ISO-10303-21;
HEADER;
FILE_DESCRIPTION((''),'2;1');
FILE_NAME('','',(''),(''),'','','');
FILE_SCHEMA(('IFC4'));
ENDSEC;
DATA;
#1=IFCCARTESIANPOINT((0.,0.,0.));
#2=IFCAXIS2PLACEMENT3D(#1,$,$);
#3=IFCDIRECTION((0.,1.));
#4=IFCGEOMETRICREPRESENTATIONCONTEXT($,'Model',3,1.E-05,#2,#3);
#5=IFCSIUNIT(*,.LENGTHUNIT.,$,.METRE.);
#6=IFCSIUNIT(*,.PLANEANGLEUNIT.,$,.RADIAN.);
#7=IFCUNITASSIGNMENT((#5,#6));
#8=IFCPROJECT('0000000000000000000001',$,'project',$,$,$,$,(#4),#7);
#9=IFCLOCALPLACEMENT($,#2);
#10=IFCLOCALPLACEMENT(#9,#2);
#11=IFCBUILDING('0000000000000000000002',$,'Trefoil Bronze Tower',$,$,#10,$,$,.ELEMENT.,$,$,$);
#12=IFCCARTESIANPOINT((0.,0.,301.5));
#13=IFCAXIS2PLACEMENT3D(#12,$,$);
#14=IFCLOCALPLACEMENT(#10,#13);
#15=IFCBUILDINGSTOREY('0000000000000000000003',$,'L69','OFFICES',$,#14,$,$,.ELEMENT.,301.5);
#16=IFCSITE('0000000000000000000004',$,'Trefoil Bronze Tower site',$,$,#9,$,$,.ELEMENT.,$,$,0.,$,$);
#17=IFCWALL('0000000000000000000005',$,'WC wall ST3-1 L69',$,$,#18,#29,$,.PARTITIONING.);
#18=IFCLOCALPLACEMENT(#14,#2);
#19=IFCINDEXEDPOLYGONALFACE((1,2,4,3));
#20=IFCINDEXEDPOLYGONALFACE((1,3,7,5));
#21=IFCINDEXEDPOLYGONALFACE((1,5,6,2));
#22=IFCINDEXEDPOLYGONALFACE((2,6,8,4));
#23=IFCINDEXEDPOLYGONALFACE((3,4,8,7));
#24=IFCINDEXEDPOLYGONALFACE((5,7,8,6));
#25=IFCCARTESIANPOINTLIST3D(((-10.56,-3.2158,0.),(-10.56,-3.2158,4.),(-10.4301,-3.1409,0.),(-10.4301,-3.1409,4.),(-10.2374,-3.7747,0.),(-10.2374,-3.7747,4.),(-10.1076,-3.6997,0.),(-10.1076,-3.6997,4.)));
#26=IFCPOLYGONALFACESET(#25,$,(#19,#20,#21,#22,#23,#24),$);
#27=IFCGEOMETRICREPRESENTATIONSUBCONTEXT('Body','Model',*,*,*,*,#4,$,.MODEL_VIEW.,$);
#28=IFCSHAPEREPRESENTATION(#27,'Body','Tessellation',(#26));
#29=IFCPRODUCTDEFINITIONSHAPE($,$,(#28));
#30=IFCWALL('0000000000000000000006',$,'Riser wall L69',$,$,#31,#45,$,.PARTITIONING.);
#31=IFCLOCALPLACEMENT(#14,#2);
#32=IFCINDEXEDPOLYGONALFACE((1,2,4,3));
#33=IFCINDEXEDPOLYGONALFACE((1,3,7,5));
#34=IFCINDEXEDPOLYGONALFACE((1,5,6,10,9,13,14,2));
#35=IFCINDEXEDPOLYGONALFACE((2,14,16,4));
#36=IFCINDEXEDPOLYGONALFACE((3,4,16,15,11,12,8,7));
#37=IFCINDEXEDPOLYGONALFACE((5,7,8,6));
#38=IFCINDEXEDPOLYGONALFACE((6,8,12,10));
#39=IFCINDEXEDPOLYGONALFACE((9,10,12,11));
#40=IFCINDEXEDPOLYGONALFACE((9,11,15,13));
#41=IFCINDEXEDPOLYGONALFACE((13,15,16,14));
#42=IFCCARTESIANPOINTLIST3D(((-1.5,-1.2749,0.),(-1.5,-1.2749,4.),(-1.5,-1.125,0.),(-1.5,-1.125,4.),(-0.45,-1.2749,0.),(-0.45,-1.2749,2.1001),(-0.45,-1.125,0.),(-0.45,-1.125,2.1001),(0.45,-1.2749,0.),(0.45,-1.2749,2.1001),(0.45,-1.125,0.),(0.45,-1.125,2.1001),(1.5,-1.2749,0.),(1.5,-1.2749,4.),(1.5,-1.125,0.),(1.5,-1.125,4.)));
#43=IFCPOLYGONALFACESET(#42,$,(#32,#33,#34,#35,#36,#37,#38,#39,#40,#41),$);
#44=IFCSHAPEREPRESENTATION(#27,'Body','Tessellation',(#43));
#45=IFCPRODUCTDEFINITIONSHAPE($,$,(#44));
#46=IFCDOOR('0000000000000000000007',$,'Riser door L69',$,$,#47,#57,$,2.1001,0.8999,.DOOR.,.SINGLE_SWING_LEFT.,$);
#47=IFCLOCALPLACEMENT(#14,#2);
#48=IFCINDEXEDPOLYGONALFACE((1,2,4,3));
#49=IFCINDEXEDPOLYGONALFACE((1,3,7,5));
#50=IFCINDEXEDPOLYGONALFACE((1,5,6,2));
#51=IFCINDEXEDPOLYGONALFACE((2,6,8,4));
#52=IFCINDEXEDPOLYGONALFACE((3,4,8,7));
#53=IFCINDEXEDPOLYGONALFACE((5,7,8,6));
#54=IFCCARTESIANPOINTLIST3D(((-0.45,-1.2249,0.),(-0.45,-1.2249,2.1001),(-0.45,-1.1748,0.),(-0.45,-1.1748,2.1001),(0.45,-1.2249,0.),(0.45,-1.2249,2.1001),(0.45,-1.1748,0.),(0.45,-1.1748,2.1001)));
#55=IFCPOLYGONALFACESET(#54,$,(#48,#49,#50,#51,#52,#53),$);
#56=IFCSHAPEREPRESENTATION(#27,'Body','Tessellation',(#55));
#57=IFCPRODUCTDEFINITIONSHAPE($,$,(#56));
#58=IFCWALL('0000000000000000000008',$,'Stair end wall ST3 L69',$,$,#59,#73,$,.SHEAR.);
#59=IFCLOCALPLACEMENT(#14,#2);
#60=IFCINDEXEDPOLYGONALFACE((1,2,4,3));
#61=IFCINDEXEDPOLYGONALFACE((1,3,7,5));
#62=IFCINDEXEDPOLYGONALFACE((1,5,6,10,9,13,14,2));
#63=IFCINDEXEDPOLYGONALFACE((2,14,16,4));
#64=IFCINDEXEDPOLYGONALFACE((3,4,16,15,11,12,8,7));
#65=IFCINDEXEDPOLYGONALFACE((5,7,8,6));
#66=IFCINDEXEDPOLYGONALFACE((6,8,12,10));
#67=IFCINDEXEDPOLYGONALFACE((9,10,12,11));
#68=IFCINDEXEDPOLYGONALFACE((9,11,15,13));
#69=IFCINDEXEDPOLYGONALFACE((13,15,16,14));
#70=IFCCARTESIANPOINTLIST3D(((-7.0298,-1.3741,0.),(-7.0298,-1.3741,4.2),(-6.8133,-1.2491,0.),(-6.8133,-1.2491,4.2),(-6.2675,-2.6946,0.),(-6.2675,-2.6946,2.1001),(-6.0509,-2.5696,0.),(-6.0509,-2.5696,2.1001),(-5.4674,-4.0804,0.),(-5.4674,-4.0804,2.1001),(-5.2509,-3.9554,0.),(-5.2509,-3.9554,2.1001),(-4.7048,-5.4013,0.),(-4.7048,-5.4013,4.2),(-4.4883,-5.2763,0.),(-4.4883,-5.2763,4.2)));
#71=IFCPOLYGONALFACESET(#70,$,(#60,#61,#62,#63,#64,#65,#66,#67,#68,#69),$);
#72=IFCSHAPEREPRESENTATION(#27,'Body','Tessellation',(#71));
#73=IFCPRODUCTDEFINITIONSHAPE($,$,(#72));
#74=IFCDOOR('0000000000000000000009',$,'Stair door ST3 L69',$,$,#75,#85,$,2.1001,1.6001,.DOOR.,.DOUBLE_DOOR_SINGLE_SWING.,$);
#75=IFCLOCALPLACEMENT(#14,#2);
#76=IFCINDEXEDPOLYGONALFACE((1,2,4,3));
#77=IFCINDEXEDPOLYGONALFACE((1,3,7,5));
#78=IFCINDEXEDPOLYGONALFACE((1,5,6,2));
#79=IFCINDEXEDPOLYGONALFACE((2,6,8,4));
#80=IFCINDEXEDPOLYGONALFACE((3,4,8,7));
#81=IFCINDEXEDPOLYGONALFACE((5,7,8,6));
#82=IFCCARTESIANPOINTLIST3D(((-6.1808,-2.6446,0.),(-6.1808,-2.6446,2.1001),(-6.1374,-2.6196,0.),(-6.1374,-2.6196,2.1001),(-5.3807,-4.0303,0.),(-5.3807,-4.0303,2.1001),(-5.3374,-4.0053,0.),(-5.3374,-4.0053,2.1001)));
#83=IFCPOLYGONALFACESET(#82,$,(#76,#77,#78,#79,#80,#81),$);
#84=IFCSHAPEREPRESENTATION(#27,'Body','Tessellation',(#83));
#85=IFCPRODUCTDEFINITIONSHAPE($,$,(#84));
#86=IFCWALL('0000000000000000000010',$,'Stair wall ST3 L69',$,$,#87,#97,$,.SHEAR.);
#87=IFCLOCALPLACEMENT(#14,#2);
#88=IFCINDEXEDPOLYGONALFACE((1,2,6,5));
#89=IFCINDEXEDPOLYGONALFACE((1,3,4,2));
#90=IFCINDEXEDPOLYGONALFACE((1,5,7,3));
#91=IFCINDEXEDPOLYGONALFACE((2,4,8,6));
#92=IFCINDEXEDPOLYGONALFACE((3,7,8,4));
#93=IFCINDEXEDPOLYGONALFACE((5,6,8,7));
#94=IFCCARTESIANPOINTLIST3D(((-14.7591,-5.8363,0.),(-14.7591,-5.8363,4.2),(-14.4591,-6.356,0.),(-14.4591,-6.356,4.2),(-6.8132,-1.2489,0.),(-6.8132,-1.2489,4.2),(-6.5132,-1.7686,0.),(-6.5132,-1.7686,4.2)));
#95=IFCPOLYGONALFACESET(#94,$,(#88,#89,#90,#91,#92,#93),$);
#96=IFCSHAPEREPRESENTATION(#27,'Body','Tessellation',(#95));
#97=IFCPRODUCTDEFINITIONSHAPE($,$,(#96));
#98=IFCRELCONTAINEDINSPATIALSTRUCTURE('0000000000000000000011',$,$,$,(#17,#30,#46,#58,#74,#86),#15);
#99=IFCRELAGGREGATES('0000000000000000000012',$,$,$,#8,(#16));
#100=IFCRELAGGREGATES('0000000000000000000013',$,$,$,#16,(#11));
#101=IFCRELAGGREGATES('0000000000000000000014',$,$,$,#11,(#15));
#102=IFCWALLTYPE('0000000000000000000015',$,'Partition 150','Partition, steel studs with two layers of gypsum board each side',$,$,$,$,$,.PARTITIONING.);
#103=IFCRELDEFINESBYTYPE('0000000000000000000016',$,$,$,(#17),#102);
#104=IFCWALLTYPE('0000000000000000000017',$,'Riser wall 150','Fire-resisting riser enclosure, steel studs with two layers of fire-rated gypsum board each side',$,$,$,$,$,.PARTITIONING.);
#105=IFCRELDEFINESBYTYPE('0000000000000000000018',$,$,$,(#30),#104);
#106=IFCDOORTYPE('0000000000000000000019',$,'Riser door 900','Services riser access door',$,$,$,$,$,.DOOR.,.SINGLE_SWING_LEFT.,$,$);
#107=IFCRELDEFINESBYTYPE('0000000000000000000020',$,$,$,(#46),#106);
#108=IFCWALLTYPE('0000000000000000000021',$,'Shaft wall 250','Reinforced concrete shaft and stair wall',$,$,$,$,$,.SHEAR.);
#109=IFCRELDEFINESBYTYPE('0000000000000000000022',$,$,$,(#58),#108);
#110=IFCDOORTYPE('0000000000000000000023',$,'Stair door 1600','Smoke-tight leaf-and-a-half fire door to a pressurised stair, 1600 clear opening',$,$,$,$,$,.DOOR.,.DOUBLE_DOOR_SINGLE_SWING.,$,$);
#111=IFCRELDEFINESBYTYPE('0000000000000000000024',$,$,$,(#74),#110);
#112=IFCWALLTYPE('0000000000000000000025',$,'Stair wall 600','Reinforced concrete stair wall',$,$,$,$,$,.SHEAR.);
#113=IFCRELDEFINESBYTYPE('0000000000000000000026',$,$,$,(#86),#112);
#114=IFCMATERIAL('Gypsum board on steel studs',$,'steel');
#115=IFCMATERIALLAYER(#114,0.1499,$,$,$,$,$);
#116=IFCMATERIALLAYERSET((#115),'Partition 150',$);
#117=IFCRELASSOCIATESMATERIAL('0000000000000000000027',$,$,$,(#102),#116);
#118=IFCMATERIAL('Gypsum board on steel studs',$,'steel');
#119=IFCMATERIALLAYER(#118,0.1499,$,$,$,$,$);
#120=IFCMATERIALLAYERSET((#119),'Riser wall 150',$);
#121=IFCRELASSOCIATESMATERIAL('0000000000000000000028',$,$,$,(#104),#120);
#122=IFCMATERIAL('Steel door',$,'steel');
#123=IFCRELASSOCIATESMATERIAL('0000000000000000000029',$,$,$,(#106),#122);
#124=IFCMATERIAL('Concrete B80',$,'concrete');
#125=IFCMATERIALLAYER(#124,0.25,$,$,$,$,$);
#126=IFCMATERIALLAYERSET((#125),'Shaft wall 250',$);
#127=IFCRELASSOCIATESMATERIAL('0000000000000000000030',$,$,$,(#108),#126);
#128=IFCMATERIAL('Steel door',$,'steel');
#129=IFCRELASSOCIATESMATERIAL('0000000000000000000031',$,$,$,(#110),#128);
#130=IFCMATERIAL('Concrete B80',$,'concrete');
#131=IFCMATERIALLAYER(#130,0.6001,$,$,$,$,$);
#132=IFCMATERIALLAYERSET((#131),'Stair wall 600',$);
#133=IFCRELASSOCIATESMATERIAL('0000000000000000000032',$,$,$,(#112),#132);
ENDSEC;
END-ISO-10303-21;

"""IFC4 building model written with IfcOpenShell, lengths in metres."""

from ifc_helpers import new_model, si_unit, direction, frame, frame_2d, origin, place, context, subcontext, project, spatial, rectangle, extrude, material, layer, layer_set, type_object, element, fill, save


model = new_model("IFC4")

# Units and contexts
model_context = context("Model", 3, precision=1e-05, world=origin(), true_north=direction((0.0, 1.0)))
body_context = subcontext(model_context, "Body", "Model", "MODEL_VIEW")
ifc_project = project(units=[si_unit("LENGTHUNIT", "METRE"), si_unit("PLANEANGLEUNIT", "RADIAN")], contexts=[model_context])

# Site, building, storey
site_placement = place(None, origin())
site = spatial("IfcSite", under=ifc_project, at=site_placement, Name="Trefoil Bronze Tower site", CompositionType="ELEMENT", RefElevation=0.0)
building_placement = place(site_placement, origin())
building = spatial("IfcBuilding", under=site, at=building_placement, Name="Trefoil Bronze Tower", CompositionType="ELEMENT")
storey_placement = place(building_placement, frame((0.0, 0.0, 301.5)))
storey = spatial("IfcBuildingStorey", under=building, at=storey_placement, Name="L69", Description="OFFICES", CompositionType="ELEMENT", Elevation=301.5)

# Shared definitions
ifc_material_1 = material(Name="Gypsum board on steel studs", Category="steel")
ifc_layer_1 = layer(ifc_material_1, 0.1499)
ifc_layer_set_1 = layer_set([ifc_layer_1], Name="Partition 150")
wall_type_1 = type_object("IfcWallType", Name="Partition 150", Description="Partition, steel studs with two layers of gypsum board each side", PredefinedType="PARTITIONING", material=ifc_layer_set_1)

# Wall
wall_1_placement = place(storey_placement, frame((-10.4951, -3.1782, 0.0), z_axis=(0.0, 0.0, 1.0), x_axis=(0.499843, -0.866116, 0.0)))
element("IfcWall", 1, at=wall_1_placement, inside=storey, type_object=wall_type_1, Name="WC wall ST3-1 L69", PredefinedType="PARTITIONING", context=body_context, shape_type="SweptSolid", body=[
    extrude(rectangle(XDim=0.6453, YDim=0.1499, at=frame_2d((0.3228, 0.0))), origin(), (0.0, 0.0, 1.0), 4.0),
])

# Walls, openings, doors
ifc_material_2 = material(Name="Gypsum board on steel studs", Category="steel")
ifc_layer_2 = layer(ifc_material_2, 0.1499)
ifc_layer_set_2 = layer_set([ifc_layer_2], Name="Riser wall 150")
wall_type_2 = type_object("IfcWallType", Name="Riser wall 150", Description="Fire-resisting riser enclosure, steel studs with two layers of fire-rated gypsum board each side", PredefinedType="PARTITIONING", material=ifc_layer_set_2)
wall_2_placement = place(storey_placement, frame((-1.5, -1.2, 0.0), z_axis=(0.0, 0.0, 1.0), x_axis=(1.0, 0.0, 0.0)))
wall_2 = element("IfcWall", 2, at=wall_2_placement, inside=storey, type_object=wall_type_2, Name="Riser wall L69", PredefinedType="PARTITIONING", context=body_context, shape_type="SweptSolid", body=[
    extrude(rectangle(XDim=3.0, YDim=0.1499, at=frame_2d((1.5, 0.0))), origin(), (0.0, 0.0, 1.0), 4.0),
])
opening_1_placement = place(wall_2_placement, frame((1.05, 0.0, 0.0)))
opening_1 = element("IfcOpeningElement", 3, at=opening_1_placement, cuts=wall_2, PredefinedType="OPENING", context=body_context, shape_type="SweptSolid", body=[
    extrude(rectangle(XDim=0.8999, YDim=2.1001, at=frame_2d((0.45, 1.05))), frame((0.0, 0.085, 0.0), z_axis=(0.0, -1.0, 0.0), x_axis=(1.0, 0.0, 0.0)), (0.0, 0.0, 1.0), 0.1699),
])
ifc_material_3 = material(Name="Steel door", Category="steel")
door_type_1 = type_object("IfcDoorType", Name="Riser door 900", Description="Services riser access door", OperationType="SINGLE_SWING_LEFT", PredefinedType="DOOR", material=ifc_material_3)
door_1_placement = place(opening_1_placement, frame((0.8999, 0.0, 0.0), z_axis=(0.0, 0.0, 1.0), x_axis=(-1.0, 0.0, 0.0)))
door_1 = element("IfcDoor", 4, at=door_1_placement, inside=storey, type_object=door_type_1, Name="Riser door L69", OperationType="SINGLE_SWING_LEFT", OverallHeight=2.1001, OverallWidth=0.8999, PredefinedType="DOOR", context=body_context, shape_type="SweptSolid", body=[
    extrude(rectangle(XDim=0.8999, YDim=2.1001, at=frame_2d((0.45, 1.05))), frame((0.0, 0.0249, 0.0), z_axis=(0.0, -1.0, 0.0), x_axis=(1.0, 0.0, 0.0)), (0.0, 0.0, 1.0), 0.05),
])
fill(opening_1, door_1)
ifc_material_4 = material(Name="Concrete B80", Category="concrete")
ifc_layer_3 = layer(ifc_material_4, 0.25)
ifc_layer_set_3 = layer_set([ifc_layer_3], Name="Shaft wall 250")
wall_type_3 = type_object("IfcWallType", Name="Shaft wall 250", Description="Reinforced concrete shaft and stair wall", PredefinedType="SHEAR", material=ifc_layer_set_3)
wall_3_placement = place(storey_placement, frame((-6.9216, -1.3115, 0.0), z_axis=(0.0, 0.0, 1.0), x_axis=(0.499985, -0.866034, 0.0)))
wall_3 = element("IfcWall", 5, at=wall_3_placement, inside=storey, type_object=wall_type_3, Name="Stair end wall ST3 L69", PredefinedType="SHEAR", context=body_context, shape_type="SweptSolid", body=[
    extrude(rectangle(XDim=4.6501, YDim=0.25, at=frame_2d((2.3252, 0.0))), origin(), (0.0, 0.0, 1.0), 4.2),
])
opening_2_placement = place(wall_3_placement, frame((1.5249, 0.0, 0.0)))
opening_2 = element("IfcOpeningElement", 6, at=opening_2_placement, cuts=wall_3, PredefinedType="OPENING", context=body_context, shape_type="SweptSolid", body=[
    extrude(rectangle(XDim=1.6001, YDim=2.1001, at=frame_2d((0.8, 1.05))), frame((0.0, 0.135, 0.0), z_axis=(0.0, -1.0, 0.0), x_axis=(1.0, 0.0, 0.0)), (0.0, 0.0, 1.0), 0.27),
])
ifc_material_5 = material(Name="Steel door", Category="steel")
door_type_2 = type_object("IfcDoorType", Name="Stair door 1600", Description="Smoke-tight leaf-and-a-half fire door to a pressurised stair, 1600 clear opening", OperationType="DOUBLE_DOOR_SINGLE_SWING", PredefinedType="DOOR", material=ifc_material_5)
door_2_placement = place(opening_2_placement, frame((1.6001, 0.0, 0.0), z_axis=(0.0, 0.0, 1.0), x_axis=(-1.0, 0.0, 0.0)))
door_2 = element("IfcDoor", 7, at=door_2_placement, inside=storey, type_object=door_type_2, Name="Stair door ST3 L69", OperationType="DOUBLE_DOOR_SINGLE_SWING", OverallHeight=2.1001, OverallWidth=1.6001, PredefinedType="DOOR", context=body_context, shape_type="SweptSolid", body=[
    extrude(rectangle(XDim=1.6001, YDim=2.1001, at=frame_2d((0.8, 1.05))), frame((0.0, 0.0249, 0.0), z_axis=(0.0, -1.0, 0.0), x_axis=(1.0, 0.0, 0.0)), (0.0, 0.0, 1.0), 0.05),
])
fill(opening_2, door_2)

# Wall
ifc_material_6 = material(Name="Concrete B80", Category="concrete")
ifc_layer_4 = layer(ifc_material_6, 0.6001)
ifc_layer_set_4 = layer_set([ifc_layer_4], Name="Stair wall 600")
wall_type_4 = type_object("IfcWallType", Name="Stair wall 600", Description="Reinforced concrete stair wall", PredefinedType="SHEAR", material=ifc_layer_set_4)
wall_4_placement = place(storey_placement, frame((-6.6633, -1.5088, 0.0), z_axis=(0.0, 0.0, 1.0), x_axis=(-0.86603, -0.499991, 0.0)))
element("IfcWall", 8, at=wall_4_placement, inside=storey, type_object=wall_type_4, Name="Stair wall ST3 L69", PredefinedType="SHEAR", context=body_context, shape_type="SweptSolid", body=[
    extrude(rectangle(XDim=9.175, YDim=0.6001, at=frame_2d((4.5874, 0.0))), origin(), (0.0, 0.0, 1.0), 4.2),
])

save(model, "model.ifc")
